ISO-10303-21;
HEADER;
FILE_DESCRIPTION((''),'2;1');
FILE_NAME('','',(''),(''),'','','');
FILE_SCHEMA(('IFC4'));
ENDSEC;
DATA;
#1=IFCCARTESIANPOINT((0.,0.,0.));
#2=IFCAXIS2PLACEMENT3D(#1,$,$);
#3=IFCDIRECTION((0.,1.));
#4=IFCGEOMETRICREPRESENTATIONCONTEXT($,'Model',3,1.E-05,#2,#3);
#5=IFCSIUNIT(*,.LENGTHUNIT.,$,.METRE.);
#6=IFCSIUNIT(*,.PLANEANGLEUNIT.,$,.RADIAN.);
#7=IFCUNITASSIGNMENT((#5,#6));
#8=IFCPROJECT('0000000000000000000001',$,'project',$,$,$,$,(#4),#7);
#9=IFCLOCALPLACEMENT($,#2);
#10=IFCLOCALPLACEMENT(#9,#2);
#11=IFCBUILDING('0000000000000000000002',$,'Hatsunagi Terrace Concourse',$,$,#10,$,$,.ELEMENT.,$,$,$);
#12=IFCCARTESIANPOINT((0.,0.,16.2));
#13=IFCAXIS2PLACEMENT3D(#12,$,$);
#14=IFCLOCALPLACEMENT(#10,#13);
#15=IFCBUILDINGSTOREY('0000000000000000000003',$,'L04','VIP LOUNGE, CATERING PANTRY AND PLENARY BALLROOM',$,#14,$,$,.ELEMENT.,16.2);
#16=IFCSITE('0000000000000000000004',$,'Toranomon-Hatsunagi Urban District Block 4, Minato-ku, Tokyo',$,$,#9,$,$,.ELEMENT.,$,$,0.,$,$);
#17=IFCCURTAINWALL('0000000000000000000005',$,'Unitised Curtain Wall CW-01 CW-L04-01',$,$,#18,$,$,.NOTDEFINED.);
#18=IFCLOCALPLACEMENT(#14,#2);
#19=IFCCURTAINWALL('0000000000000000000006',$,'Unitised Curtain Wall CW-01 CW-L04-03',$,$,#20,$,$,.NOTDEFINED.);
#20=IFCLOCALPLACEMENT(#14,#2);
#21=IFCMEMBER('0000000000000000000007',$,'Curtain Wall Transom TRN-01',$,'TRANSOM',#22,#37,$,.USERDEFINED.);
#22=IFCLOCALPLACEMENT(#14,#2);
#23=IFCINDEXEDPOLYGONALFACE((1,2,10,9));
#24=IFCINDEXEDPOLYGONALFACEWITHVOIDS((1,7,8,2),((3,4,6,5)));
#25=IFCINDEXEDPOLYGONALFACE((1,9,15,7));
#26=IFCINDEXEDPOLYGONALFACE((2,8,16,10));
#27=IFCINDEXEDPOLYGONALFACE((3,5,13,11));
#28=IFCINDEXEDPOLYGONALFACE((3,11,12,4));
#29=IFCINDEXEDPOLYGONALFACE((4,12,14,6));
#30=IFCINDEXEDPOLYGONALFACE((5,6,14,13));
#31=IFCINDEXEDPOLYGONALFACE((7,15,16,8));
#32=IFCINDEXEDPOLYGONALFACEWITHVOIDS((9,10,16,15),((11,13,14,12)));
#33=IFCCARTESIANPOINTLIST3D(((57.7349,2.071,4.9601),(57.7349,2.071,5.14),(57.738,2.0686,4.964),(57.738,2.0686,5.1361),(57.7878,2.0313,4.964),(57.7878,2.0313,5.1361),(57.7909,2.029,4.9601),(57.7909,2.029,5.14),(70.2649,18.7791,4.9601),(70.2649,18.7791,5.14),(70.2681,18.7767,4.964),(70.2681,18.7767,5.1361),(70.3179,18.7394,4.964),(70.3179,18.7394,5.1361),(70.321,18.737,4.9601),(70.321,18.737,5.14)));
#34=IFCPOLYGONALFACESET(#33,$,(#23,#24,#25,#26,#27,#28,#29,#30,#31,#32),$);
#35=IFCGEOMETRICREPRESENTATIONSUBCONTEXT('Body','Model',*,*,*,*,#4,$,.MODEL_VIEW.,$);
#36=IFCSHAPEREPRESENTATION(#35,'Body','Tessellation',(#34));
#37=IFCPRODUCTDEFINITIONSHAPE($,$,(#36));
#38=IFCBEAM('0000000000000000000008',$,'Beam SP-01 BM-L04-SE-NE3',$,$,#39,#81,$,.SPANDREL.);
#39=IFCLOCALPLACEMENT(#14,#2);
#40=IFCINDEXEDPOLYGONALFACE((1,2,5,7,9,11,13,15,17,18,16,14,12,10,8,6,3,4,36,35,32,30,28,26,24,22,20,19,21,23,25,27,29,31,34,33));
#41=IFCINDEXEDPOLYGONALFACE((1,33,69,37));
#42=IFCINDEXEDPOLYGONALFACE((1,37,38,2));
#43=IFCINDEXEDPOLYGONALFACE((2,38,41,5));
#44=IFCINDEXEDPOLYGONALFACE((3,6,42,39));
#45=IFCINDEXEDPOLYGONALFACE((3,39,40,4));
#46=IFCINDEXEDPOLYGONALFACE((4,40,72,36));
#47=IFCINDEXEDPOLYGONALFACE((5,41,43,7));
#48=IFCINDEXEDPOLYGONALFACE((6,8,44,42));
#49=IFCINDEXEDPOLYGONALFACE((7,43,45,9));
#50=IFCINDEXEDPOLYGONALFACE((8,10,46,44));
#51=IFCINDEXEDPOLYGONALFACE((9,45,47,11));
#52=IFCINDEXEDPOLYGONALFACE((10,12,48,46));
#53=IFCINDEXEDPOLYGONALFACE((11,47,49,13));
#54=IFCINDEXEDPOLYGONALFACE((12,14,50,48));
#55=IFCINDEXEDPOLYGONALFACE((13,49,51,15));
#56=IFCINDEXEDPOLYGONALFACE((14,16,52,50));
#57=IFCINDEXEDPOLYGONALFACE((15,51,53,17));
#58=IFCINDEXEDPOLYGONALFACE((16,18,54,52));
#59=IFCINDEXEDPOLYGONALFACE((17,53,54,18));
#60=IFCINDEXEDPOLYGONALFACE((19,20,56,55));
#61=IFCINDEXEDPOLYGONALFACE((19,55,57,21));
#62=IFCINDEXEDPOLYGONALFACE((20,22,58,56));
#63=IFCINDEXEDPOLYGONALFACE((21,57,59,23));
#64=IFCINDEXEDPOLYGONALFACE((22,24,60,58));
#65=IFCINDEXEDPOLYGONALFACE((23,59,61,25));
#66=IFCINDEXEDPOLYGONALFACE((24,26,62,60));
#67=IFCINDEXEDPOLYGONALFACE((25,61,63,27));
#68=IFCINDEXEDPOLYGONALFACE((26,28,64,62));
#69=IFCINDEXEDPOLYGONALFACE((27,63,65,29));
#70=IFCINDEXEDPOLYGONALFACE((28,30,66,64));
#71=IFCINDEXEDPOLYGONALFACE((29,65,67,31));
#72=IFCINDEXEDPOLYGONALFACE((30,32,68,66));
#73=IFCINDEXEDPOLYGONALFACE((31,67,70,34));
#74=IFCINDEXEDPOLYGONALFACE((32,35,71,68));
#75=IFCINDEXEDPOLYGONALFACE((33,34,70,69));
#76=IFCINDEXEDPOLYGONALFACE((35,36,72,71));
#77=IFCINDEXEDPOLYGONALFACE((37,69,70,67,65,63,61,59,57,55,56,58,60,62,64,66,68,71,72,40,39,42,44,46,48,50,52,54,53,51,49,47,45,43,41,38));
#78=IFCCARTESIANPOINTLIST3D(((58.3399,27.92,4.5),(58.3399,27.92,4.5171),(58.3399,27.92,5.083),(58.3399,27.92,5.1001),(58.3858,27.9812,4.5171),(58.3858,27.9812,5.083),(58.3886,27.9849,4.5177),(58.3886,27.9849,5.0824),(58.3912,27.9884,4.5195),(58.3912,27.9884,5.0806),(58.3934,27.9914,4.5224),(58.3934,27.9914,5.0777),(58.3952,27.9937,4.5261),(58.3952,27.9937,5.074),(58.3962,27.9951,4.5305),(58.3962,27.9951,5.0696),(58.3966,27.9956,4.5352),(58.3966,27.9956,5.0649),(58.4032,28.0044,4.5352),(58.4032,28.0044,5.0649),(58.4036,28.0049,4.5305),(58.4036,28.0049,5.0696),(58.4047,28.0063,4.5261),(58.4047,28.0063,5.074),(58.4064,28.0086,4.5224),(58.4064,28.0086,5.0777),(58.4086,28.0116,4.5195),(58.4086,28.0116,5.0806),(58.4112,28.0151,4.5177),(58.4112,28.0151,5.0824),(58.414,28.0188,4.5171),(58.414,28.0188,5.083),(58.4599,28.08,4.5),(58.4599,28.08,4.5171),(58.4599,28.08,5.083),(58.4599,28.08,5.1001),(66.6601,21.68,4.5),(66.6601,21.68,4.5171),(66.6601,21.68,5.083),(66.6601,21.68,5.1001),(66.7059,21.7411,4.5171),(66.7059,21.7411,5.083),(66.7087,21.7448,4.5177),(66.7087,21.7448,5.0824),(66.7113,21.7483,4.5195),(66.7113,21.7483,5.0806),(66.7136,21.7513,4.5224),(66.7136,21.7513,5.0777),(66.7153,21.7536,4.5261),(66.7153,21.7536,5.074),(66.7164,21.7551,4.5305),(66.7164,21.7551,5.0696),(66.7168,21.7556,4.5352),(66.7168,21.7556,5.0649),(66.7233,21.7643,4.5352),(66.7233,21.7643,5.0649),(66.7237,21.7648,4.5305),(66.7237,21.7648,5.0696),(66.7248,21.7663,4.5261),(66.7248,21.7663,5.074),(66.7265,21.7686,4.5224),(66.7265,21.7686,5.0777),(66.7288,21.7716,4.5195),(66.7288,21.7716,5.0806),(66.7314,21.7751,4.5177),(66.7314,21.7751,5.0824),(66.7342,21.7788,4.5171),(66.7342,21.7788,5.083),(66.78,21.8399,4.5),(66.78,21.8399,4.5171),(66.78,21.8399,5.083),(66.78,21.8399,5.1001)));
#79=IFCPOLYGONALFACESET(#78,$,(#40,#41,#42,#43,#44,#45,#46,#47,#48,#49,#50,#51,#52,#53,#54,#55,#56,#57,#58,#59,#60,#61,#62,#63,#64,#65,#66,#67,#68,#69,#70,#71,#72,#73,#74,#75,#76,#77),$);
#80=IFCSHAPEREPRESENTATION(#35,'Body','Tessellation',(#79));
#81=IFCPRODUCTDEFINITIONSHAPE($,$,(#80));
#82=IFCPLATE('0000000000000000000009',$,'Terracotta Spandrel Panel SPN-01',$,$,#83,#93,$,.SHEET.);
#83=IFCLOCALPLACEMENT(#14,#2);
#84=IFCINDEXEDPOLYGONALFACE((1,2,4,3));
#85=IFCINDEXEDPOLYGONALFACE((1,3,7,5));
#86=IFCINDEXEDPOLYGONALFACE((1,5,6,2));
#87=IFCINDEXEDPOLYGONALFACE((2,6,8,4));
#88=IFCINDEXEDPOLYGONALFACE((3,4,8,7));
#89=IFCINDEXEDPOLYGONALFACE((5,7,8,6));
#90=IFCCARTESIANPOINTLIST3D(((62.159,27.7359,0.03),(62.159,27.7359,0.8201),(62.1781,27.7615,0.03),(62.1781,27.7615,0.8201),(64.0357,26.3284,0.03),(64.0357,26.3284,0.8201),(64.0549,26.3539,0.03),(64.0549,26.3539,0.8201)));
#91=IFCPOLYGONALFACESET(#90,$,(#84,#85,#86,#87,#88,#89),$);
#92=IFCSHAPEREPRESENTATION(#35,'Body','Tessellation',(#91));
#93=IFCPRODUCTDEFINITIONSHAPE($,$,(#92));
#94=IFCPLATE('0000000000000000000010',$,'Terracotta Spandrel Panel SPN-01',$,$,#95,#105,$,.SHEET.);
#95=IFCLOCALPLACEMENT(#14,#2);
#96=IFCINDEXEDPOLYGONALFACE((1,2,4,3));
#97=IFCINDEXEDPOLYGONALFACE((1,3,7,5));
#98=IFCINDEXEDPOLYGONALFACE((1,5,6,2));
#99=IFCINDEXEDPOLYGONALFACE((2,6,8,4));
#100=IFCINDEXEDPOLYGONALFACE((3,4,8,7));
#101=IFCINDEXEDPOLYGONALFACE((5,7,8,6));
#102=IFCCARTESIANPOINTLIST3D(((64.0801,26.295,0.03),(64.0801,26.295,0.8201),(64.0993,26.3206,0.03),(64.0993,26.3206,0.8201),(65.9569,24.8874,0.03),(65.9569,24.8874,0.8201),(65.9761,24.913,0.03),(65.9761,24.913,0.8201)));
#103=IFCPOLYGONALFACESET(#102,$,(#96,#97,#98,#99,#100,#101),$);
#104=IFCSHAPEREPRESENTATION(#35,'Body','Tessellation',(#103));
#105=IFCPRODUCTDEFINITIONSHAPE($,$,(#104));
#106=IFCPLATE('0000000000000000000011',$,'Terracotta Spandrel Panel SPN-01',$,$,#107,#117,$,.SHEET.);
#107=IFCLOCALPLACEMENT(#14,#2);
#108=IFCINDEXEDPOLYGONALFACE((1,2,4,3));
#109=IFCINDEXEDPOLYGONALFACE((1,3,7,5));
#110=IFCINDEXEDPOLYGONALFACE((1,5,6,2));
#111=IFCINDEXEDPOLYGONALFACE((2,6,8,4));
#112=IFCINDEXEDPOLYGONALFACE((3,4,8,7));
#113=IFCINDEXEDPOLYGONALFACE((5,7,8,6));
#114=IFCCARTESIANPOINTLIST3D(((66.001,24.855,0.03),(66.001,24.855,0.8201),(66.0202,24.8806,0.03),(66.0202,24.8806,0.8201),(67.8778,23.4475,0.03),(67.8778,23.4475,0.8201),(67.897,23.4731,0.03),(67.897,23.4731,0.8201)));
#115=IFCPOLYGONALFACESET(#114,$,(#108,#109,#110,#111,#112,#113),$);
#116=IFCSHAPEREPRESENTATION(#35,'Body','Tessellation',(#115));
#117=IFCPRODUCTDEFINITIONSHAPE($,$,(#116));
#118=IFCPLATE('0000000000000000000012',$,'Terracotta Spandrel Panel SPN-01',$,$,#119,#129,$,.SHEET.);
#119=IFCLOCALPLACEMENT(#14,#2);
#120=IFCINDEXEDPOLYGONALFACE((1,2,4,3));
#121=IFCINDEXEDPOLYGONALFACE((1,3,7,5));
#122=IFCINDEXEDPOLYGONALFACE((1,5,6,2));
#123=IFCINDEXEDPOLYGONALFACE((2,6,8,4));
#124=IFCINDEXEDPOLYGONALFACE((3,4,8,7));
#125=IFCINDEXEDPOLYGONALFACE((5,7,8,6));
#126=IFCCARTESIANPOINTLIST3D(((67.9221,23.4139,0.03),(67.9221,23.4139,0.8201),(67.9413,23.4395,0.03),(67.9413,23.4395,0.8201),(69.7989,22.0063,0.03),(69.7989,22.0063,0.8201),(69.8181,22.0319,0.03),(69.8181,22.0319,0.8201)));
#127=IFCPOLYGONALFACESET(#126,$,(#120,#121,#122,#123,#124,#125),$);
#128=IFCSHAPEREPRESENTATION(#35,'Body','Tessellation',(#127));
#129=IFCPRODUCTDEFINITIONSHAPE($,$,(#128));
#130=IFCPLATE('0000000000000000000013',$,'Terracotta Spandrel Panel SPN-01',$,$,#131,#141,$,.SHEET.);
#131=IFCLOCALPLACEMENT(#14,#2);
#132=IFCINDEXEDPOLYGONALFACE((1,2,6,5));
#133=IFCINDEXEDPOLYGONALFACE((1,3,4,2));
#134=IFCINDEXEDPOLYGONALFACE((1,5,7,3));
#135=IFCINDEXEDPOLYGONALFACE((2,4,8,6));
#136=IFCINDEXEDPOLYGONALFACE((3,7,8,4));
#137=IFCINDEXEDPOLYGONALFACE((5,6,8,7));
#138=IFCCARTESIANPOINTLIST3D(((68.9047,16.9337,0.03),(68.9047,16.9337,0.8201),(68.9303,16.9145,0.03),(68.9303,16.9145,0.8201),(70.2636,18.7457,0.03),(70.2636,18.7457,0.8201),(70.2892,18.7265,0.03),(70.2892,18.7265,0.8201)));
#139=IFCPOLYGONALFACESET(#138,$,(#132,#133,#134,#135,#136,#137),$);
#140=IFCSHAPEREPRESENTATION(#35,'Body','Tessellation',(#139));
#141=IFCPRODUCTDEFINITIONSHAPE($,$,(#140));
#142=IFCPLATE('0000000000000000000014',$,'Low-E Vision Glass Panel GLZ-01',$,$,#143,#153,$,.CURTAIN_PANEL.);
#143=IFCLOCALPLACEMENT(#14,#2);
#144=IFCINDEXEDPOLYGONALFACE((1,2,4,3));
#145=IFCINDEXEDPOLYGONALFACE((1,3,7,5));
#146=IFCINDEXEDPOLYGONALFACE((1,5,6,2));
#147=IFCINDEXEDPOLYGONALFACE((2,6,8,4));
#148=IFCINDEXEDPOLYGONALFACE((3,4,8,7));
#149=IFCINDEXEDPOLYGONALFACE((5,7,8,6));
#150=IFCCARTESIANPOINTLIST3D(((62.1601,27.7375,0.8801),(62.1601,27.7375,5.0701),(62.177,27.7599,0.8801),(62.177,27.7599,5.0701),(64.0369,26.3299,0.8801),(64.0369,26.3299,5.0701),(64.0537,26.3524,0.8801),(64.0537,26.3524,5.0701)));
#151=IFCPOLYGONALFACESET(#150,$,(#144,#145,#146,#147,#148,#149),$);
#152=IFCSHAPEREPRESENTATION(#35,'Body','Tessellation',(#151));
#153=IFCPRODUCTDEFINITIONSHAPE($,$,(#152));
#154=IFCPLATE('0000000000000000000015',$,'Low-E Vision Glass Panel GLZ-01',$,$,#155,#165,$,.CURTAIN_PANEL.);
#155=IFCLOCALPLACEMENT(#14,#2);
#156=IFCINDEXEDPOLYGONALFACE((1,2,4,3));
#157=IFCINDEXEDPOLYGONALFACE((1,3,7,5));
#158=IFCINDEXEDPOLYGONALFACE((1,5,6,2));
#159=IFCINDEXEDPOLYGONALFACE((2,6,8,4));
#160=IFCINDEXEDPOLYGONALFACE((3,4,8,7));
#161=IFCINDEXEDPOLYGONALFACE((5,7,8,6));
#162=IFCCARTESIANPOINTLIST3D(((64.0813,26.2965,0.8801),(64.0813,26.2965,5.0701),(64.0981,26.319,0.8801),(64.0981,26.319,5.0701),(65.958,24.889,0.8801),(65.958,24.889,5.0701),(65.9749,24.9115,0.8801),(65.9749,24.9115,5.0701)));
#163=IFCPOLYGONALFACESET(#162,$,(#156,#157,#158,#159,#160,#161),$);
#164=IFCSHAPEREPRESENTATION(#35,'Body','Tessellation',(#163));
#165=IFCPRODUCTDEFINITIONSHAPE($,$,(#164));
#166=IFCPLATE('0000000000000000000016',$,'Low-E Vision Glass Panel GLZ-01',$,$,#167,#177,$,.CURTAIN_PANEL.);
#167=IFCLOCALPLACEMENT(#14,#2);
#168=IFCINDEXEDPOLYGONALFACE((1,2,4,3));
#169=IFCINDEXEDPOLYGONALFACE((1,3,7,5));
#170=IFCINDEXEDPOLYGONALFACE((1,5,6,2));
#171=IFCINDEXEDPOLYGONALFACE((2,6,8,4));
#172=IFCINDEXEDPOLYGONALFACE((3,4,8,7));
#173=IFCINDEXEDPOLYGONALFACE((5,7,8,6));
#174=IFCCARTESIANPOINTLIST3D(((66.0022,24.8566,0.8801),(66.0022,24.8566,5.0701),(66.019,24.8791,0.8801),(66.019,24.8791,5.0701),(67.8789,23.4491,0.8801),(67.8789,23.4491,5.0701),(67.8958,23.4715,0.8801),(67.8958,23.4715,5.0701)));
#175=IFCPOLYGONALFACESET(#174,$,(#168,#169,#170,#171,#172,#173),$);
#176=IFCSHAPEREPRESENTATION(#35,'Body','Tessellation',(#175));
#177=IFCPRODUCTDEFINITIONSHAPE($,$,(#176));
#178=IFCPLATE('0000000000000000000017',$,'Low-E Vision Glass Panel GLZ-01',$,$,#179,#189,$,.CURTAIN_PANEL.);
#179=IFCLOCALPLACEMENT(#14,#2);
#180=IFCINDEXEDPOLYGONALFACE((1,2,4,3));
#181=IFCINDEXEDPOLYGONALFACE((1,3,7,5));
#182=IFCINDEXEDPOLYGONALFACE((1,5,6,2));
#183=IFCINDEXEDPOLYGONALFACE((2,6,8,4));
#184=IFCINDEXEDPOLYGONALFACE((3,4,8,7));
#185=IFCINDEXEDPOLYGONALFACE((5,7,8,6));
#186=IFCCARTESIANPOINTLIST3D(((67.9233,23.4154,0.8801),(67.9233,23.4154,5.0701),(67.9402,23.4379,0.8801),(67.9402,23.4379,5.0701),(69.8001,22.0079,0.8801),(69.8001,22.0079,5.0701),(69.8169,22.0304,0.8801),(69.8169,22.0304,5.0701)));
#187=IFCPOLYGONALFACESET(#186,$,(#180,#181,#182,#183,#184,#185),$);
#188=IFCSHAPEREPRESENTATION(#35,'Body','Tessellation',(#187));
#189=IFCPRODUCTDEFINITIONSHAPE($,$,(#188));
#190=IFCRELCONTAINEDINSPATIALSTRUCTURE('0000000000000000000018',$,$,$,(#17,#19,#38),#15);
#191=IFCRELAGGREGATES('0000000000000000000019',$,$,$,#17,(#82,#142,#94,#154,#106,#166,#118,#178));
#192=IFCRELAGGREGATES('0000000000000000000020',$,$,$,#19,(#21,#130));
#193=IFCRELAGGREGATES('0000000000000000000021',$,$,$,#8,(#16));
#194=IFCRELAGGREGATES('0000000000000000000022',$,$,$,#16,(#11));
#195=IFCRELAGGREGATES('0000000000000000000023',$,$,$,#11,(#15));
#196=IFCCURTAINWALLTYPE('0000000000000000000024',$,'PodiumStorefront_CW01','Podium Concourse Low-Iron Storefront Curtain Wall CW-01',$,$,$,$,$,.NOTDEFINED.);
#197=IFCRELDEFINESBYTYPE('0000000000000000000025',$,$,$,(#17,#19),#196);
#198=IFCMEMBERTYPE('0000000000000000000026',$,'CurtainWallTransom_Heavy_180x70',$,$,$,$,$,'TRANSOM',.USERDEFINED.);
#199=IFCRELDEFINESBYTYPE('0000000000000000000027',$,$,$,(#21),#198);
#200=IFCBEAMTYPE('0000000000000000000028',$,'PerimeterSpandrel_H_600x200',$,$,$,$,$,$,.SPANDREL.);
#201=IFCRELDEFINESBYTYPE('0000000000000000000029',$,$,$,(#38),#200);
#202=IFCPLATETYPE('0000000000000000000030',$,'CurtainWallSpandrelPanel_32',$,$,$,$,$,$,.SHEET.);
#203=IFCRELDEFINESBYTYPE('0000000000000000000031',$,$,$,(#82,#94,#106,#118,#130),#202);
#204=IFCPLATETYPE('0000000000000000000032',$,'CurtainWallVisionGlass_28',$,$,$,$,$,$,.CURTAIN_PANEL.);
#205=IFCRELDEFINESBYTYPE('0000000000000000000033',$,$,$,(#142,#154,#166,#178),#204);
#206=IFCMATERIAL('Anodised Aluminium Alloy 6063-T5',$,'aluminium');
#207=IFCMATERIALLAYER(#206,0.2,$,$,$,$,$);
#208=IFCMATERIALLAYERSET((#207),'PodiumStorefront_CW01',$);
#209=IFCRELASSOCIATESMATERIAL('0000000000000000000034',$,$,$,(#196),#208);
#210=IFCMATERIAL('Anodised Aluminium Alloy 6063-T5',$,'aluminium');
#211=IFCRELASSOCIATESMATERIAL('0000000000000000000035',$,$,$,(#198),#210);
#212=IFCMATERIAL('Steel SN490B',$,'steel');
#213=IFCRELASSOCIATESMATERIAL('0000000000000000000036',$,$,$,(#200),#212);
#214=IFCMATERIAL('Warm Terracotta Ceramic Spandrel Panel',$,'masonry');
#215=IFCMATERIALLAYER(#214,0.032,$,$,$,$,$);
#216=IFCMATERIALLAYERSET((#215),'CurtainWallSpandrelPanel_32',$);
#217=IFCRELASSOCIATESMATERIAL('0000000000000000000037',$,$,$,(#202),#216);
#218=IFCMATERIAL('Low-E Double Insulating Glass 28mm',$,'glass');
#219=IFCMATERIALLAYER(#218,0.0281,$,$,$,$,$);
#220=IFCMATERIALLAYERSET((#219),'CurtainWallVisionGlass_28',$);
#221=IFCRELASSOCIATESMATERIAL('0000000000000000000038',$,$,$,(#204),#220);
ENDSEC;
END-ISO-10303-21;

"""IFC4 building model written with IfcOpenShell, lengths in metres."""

from ifc_helpers import new_model, si_unit, direction, frame, origin, origin_2d, place, context, subcontext, project, spatial, rectangle, hollow_rectangle, i_section, extrude, material, layer, layer_set, material_profile, profile_set, type_object, element, aggregate, save


model = new_model("IFC4")

# Units and contexts
model_context = context("Model", 3, precision=1e-05, world=origin(), true_north=direction((0.0, 1.0)))
body_context = subcontext(model_context, "Body", "Model", "MODEL_VIEW")
ifc_project = project(units=[si_unit("LENGTHUNIT", "METRE"), si_unit("PLANEANGLEUNIT", "RADIAN")], contexts=[model_context])

# Site, building, storey
site_placement = place(None, origin())
site = spatial("IfcSite", under=ifc_project, at=site_placement, Name="Toranomon-Hatsunagi Urban District Block 4, Minato-ku, Tokyo", CompositionType="ELEMENT", RefElevation=0.0)
building_placement = place(site_placement, origin())
building = spatial("IfcBuilding", under=site, at=building_placement, Name="Hatsunagi Terrace Concourse", CompositionType="ELEMENT")
storey_placement = place(building_placement, frame((0.0, 0.0, 16.2)))
storey = spatial("IfcBuildingStorey", under=building, at=storey_placement, Name="L04", Description="VIP LOUNGE, CATERING PANTRY AND PLENARY BALLROOM", CompositionType="ELEMENT", Elevation=16.2)

# Curtain walls, member
ifc_material_1 = material(Name="Anodised Aluminium Alloy 6063-T5", Category="aluminium")
ifc_layer_1 = layer(ifc_material_1, 0.2)
ifc_layer_set_1 = layer_set([ifc_layer_1], Name="PodiumStorefront_CW01")
curtain_wall_type = type_object("IfcCurtainWallType", Name="PodiumStorefront_CW01", Description="Podium Concourse Low-Iron Storefront Curtain Wall CW-01", PredefinedType="NOTDEFINED", material=ifc_layer_set_1)
curtain_wall_1_placement = place(storey_placement, origin())
curtain_wall_1 = element("IfcCurtainWall", 1, at=curtain_wall_1_placement, inside=storey, type_object=curtain_wall_type, Name="Unitised Curtain Wall CW-01 CW-L04-01", PredefinedType="NOTDEFINED")
curtain_wall_2_placement = place(storey_placement, origin())
curtain_wall_2 = element("IfcCurtainWall", 2, at=curtain_wall_2_placement, inside=storey, type_object=curtain_wall_type, Name="Unitised Curtain Wall CW-01 CW-L04-03", PredefinedType="NOTDEFINED")
ifc_material_2 = material(Name="Anodised Aluminium Alloy 6063-T5", Category="aluminium")
ifc_material_profile_1 = material_profile(ifc_material_2, hollow_rectangle(XDim=0.0701, YDim=0.1799, WallThickness=0.0039, at=origin_2d()), Name="ALU-TRN-180x70x4")
ifc_profile_set_1 = profile_set([ifc_material_profile_1], Name="Anodised Aluminium Alloy 6063-T5")
member_type_1 = type_object("IfcMemberType", Name="CurtainWallTransom_Heavy_180x70", ElementType="TRANSOM", PredefinedType="USERDEFINED", material=ifc_profile_set_1)
member_1_placement = place(storey_placement, frame((70.293, 18.7581, 5.05), z_axis=(-0.59997, -0.800022, 0.0), x_axis=(0.800022, -0.59997, 0.0)))
member_1 = element("IfcMember", 3, at=member_1_placement, type_object=member_type_1, Name="Curtain Wall Transom TRN-01", ObjectType="TRANSOM", PredefinedType="USERDEFINED", context=body_context, shape_type="SweptSolid", body=[
    extrude(hollow_rectangle(XDim=0.0701, YDim=0.1799, WallThickness=0.0039, at=origin_2d()), origin(), (0.0, 0.0, 1.0), 20.8845),
])

# Beam
ifc_material_3 = material(Name="Steel SN490B", Category="steel")
ifc_material_profile_2 = material_profile(ifc_material_3, i_section(OverallWidth=0.2, OverallDepth=0.6001, WebThickness=0.011, FlangeThickness=0.0171, FilletRadius=0.0181, at=origin_2d()), Name="H-600x200x11x17")
ifc_profile_set_2 = profile_set([ifc_material_profile_2], Name="Steel SN490B")
beam_type = type_object("IfcBeamType", Name="PerimeterSpandrel_H_600x200", PredefinedType="SPANDREL", material=ifc_profile_set_2)
beam_placement = place(storey_placement, frame((58.3999, 28.0, 4.8), z_axis=(0.800003, -0.599996, 0.0), x_axis=(0.599996, 0.800003, 0.0)))
element("IfcBeam", 4, at=beam_placement, inside=storey, type_object=beam_type, Name="Beam SP-01 BM-L04-SE-NE3", PredefinedType="SPANDREL", context=body_context, shape_type="SweptSolid", body=[
    extrude(i_section(OverallWidth=0.2, OverallDepth=0.6001, WebThickness=0.011, FlangeThickness=0.0171, FilletRadius=0.0181, at=origin_2d()), origin(), (0.0, 0.0, 1.0), 10.4001),
])

# Plates
ifc_material_4 = material(Name="Warm Terracotta Ceramic Spandrel Panel", Category="masonry")
ifc_layer_2 = layer(ifc_material_4, 0.032)
ifc_layer_set_2 = layer_set([ifc_layer_2], Name="CurtainWallSpandrelPanel_32")
plate_type_1 = type_object("IfcPlateType", Name="CurtainWallSpandrelPanel_32", PredefinedType="SHEET", material=ifc_layer_set_2)
plate_1_placement = place(storey_placement, frame((63.1069, 27.0449, 0.03), z_axis=(0.0, 0.0, 1.0), x_axis=(0.800007, -0.59999, 0.0)))
plate_1 = element("IfcPlate", 5, at=plate_1_placement, type_object=plate_type_1, Name="Terracotta Spandrel Panel SPN-01", PredefinedType="SHEET", context=body_context, shape_type="SweptSolid", body=[
    extrude(rectangle(XDim=2.3459, YDim=0.032, at=origin_2d()), origin(), (0.0, 0.0, 1.0), 0.79),
])
plate_2_placement = place(storey_placement, frame((65.0281, 25.604, 0.03), z_axis=(0.0, 0.0, 1.0), x_axis=(0.800007, -0.59999, 0.0)))
plate_2 = element("IfcPlate", 6, at=plate_2_placement, type_object=plate_type_1, Name="Terracotta Spandrel Panel SPN-01", PredefinedType="SHEET", context=body_context, shape_type="SweptSolid", body=[
    extrude(rectangle(XDim=2.3459, YDim=0.032, at=origin_2d()), origin(), (0.0, 0.0, 1.0), 0.79),
])
plate_3_placement = place(storey_placement, frame((66.949, 24.1641, 0.03), z_axis=(0.0, 0.0, 1.0), x_axis=(0.800007, -0.59999, 0.0)))
plate_3 = element("IfcPlate", 7, at=plate_3_placement, type_object=plate_type_1, Name="Terracotta Spandrel Panel SPN-01", PredefinedType="SHEET", context=body_context, shape_type="SweptSolid", body=[
    extrude(rectangle(XDim=2.3459, YDim=0.032, at=origin_2d()), origin(), (0.0, 0.0, 1.0), 0.79),
])
plate_4_placement = place(storey_placement, frame((68.8701, 22.7229, 0.03), z_axis=(0.0, 0.0, 1.0), x_axis=(0.800007, -0.59999, 0.0)))
plate_4 = element("IfcPlate", 8, at=plate_4_placement, type_object=plate_type_1, Name="Terracotta Spandrel Panel SPN-01", PredefinedType="SHEET", context=body_context, shape_type="SweptSolid", body=[
    extrude(rectangle(XDim=2.3459, YDim=0.032, at=origin_2d()), origin(), (0.0, 0.0, 1.0), 0.79),
])
plate_5_placement = place(storey_placement, frame((69.5969, 17.8301, 0.03), z_axis=(0.0, 0.0, 1.0), x_axis=(-0.599969, -0.800023, 0.0)))
plate_5 = element("IfcPlate", 9, at=plate_5_placement, type_object=plate_type_1, Name="Terracotta Spandrel Panel SPN-01", PredefinedType="SHEET", context=body_context, shape_type="SweptSolid", body=[
    extrude(rectangle(XDim=2.2649, YDim=0.032, at=origin_2d()), origin(), (0.0, 0.0, 1.0), 0.79),
])
ifc_material_5 = material(Name="Low-E Double Insulating Glass 28mm", Category="glass")
ifc_layer_3 = layer(ifc_material_5, 0.0281)
ifc_layer_set_3 = layer_set([ifc_layer_3], Name="CurtainWallVisionGlass_28")
plate_type_2 = type_object("IfcPlateType", Name="CurtainWallVisionGlass_28", PredefinedType="CURTAIN_PANEL", material=ifc_layer_set_3)
plate_6_placement = place(storey_placement, frame((63.1069, 27.0449, 0.8801), z_axis=(0.0, 0.0, 1.0), x_axis=(0.800007, -0.59999, 0.0)))
plate_6 = element("IfcPlate", 10, at=plate_6_placement, type_object=plate_type_2, Name="Low-E Vision Glass Panel GLZ-01", PredefinedType="CURTAIN_PANEL", context=body_context, shape_type="SweptSolid", body=[
    extrude(rectangle(XDim=2.3459, YDim=0.0281, at=origin_2d()), origin(), (0.0, 0.0, 1.0), 4.1899),
])
plate_7_placement = place(storey_placement, frame((65.0281, 25.604, 0.8801), z_axis=(0.0, 0.0, 1.0), x_axis=(0.800007, -0.59999, 0.0)))
plate_7 = element("IfcPlate", 11, at=plate_7_placement, type_object=plate_type_2, Name="Low-E Vision Glass Panel GLZ-01", PredefinedType="CURTAIN_PANEL", context=body_context, shape_type="SweptSolid", body=[
    extrude(rectangle(XDim=2.3459, YDim=0.0281, at=origin_2d()), origin(), (0.0, 0.0, 1.0), 4.1899),
])
plate_8_placement = place(storey_placement, frame((66.949, 24.1641, 0.8801), z_axis=(0.0, 0.0, 1.0), x_axis=(0.800007, -0.59999, 0.0)))
plate_8 = element("IfcPlate", 12, at=plate_8_placement, type_object=plate_type_2, Name="Low-E Vision Glass Panel GLZ-01", PredefinedType="CURTAIN_PANEL", context=body_context, shape_type="SweptSolid", body=[
    extrude(rectangle(XDim=2.3459, YDim=0.0281, at=origin_2d()), origin(), (0.0, 0.0, 1.0), 4.1899),
])
plate_9_placement = place(storey_placement, frame((68.8701, 22.7229, 0.8801), z_axis=(0.0, 0.0, 1.0), x_axis=(0.800007, -0.59999, 0.0)))
plate_9 = element("IfcPlate", 13, at=plate_9_placement, type_object=plate_type_2, Name="Low-E Vision Glass Panel GLZ-01", PredefinedType="CURTAIN_PANEL", context=body_context, shape_type="SweptSolid", body=[
    extrude(rectangle(XDim=2.3459, YDim=0.0281, at=origin_2d()), origin(), (0.0, 0.0, 1.0), 4.1899),
])
aggregate(curtain_wall_1, [plate_1, plate_6, plate_2, plate_7, plate_3, plate_8, plate_4, plate_9])
aggregate(curtain_wall_2, [member_1, plate_5])

save(model, "model.ifc")
